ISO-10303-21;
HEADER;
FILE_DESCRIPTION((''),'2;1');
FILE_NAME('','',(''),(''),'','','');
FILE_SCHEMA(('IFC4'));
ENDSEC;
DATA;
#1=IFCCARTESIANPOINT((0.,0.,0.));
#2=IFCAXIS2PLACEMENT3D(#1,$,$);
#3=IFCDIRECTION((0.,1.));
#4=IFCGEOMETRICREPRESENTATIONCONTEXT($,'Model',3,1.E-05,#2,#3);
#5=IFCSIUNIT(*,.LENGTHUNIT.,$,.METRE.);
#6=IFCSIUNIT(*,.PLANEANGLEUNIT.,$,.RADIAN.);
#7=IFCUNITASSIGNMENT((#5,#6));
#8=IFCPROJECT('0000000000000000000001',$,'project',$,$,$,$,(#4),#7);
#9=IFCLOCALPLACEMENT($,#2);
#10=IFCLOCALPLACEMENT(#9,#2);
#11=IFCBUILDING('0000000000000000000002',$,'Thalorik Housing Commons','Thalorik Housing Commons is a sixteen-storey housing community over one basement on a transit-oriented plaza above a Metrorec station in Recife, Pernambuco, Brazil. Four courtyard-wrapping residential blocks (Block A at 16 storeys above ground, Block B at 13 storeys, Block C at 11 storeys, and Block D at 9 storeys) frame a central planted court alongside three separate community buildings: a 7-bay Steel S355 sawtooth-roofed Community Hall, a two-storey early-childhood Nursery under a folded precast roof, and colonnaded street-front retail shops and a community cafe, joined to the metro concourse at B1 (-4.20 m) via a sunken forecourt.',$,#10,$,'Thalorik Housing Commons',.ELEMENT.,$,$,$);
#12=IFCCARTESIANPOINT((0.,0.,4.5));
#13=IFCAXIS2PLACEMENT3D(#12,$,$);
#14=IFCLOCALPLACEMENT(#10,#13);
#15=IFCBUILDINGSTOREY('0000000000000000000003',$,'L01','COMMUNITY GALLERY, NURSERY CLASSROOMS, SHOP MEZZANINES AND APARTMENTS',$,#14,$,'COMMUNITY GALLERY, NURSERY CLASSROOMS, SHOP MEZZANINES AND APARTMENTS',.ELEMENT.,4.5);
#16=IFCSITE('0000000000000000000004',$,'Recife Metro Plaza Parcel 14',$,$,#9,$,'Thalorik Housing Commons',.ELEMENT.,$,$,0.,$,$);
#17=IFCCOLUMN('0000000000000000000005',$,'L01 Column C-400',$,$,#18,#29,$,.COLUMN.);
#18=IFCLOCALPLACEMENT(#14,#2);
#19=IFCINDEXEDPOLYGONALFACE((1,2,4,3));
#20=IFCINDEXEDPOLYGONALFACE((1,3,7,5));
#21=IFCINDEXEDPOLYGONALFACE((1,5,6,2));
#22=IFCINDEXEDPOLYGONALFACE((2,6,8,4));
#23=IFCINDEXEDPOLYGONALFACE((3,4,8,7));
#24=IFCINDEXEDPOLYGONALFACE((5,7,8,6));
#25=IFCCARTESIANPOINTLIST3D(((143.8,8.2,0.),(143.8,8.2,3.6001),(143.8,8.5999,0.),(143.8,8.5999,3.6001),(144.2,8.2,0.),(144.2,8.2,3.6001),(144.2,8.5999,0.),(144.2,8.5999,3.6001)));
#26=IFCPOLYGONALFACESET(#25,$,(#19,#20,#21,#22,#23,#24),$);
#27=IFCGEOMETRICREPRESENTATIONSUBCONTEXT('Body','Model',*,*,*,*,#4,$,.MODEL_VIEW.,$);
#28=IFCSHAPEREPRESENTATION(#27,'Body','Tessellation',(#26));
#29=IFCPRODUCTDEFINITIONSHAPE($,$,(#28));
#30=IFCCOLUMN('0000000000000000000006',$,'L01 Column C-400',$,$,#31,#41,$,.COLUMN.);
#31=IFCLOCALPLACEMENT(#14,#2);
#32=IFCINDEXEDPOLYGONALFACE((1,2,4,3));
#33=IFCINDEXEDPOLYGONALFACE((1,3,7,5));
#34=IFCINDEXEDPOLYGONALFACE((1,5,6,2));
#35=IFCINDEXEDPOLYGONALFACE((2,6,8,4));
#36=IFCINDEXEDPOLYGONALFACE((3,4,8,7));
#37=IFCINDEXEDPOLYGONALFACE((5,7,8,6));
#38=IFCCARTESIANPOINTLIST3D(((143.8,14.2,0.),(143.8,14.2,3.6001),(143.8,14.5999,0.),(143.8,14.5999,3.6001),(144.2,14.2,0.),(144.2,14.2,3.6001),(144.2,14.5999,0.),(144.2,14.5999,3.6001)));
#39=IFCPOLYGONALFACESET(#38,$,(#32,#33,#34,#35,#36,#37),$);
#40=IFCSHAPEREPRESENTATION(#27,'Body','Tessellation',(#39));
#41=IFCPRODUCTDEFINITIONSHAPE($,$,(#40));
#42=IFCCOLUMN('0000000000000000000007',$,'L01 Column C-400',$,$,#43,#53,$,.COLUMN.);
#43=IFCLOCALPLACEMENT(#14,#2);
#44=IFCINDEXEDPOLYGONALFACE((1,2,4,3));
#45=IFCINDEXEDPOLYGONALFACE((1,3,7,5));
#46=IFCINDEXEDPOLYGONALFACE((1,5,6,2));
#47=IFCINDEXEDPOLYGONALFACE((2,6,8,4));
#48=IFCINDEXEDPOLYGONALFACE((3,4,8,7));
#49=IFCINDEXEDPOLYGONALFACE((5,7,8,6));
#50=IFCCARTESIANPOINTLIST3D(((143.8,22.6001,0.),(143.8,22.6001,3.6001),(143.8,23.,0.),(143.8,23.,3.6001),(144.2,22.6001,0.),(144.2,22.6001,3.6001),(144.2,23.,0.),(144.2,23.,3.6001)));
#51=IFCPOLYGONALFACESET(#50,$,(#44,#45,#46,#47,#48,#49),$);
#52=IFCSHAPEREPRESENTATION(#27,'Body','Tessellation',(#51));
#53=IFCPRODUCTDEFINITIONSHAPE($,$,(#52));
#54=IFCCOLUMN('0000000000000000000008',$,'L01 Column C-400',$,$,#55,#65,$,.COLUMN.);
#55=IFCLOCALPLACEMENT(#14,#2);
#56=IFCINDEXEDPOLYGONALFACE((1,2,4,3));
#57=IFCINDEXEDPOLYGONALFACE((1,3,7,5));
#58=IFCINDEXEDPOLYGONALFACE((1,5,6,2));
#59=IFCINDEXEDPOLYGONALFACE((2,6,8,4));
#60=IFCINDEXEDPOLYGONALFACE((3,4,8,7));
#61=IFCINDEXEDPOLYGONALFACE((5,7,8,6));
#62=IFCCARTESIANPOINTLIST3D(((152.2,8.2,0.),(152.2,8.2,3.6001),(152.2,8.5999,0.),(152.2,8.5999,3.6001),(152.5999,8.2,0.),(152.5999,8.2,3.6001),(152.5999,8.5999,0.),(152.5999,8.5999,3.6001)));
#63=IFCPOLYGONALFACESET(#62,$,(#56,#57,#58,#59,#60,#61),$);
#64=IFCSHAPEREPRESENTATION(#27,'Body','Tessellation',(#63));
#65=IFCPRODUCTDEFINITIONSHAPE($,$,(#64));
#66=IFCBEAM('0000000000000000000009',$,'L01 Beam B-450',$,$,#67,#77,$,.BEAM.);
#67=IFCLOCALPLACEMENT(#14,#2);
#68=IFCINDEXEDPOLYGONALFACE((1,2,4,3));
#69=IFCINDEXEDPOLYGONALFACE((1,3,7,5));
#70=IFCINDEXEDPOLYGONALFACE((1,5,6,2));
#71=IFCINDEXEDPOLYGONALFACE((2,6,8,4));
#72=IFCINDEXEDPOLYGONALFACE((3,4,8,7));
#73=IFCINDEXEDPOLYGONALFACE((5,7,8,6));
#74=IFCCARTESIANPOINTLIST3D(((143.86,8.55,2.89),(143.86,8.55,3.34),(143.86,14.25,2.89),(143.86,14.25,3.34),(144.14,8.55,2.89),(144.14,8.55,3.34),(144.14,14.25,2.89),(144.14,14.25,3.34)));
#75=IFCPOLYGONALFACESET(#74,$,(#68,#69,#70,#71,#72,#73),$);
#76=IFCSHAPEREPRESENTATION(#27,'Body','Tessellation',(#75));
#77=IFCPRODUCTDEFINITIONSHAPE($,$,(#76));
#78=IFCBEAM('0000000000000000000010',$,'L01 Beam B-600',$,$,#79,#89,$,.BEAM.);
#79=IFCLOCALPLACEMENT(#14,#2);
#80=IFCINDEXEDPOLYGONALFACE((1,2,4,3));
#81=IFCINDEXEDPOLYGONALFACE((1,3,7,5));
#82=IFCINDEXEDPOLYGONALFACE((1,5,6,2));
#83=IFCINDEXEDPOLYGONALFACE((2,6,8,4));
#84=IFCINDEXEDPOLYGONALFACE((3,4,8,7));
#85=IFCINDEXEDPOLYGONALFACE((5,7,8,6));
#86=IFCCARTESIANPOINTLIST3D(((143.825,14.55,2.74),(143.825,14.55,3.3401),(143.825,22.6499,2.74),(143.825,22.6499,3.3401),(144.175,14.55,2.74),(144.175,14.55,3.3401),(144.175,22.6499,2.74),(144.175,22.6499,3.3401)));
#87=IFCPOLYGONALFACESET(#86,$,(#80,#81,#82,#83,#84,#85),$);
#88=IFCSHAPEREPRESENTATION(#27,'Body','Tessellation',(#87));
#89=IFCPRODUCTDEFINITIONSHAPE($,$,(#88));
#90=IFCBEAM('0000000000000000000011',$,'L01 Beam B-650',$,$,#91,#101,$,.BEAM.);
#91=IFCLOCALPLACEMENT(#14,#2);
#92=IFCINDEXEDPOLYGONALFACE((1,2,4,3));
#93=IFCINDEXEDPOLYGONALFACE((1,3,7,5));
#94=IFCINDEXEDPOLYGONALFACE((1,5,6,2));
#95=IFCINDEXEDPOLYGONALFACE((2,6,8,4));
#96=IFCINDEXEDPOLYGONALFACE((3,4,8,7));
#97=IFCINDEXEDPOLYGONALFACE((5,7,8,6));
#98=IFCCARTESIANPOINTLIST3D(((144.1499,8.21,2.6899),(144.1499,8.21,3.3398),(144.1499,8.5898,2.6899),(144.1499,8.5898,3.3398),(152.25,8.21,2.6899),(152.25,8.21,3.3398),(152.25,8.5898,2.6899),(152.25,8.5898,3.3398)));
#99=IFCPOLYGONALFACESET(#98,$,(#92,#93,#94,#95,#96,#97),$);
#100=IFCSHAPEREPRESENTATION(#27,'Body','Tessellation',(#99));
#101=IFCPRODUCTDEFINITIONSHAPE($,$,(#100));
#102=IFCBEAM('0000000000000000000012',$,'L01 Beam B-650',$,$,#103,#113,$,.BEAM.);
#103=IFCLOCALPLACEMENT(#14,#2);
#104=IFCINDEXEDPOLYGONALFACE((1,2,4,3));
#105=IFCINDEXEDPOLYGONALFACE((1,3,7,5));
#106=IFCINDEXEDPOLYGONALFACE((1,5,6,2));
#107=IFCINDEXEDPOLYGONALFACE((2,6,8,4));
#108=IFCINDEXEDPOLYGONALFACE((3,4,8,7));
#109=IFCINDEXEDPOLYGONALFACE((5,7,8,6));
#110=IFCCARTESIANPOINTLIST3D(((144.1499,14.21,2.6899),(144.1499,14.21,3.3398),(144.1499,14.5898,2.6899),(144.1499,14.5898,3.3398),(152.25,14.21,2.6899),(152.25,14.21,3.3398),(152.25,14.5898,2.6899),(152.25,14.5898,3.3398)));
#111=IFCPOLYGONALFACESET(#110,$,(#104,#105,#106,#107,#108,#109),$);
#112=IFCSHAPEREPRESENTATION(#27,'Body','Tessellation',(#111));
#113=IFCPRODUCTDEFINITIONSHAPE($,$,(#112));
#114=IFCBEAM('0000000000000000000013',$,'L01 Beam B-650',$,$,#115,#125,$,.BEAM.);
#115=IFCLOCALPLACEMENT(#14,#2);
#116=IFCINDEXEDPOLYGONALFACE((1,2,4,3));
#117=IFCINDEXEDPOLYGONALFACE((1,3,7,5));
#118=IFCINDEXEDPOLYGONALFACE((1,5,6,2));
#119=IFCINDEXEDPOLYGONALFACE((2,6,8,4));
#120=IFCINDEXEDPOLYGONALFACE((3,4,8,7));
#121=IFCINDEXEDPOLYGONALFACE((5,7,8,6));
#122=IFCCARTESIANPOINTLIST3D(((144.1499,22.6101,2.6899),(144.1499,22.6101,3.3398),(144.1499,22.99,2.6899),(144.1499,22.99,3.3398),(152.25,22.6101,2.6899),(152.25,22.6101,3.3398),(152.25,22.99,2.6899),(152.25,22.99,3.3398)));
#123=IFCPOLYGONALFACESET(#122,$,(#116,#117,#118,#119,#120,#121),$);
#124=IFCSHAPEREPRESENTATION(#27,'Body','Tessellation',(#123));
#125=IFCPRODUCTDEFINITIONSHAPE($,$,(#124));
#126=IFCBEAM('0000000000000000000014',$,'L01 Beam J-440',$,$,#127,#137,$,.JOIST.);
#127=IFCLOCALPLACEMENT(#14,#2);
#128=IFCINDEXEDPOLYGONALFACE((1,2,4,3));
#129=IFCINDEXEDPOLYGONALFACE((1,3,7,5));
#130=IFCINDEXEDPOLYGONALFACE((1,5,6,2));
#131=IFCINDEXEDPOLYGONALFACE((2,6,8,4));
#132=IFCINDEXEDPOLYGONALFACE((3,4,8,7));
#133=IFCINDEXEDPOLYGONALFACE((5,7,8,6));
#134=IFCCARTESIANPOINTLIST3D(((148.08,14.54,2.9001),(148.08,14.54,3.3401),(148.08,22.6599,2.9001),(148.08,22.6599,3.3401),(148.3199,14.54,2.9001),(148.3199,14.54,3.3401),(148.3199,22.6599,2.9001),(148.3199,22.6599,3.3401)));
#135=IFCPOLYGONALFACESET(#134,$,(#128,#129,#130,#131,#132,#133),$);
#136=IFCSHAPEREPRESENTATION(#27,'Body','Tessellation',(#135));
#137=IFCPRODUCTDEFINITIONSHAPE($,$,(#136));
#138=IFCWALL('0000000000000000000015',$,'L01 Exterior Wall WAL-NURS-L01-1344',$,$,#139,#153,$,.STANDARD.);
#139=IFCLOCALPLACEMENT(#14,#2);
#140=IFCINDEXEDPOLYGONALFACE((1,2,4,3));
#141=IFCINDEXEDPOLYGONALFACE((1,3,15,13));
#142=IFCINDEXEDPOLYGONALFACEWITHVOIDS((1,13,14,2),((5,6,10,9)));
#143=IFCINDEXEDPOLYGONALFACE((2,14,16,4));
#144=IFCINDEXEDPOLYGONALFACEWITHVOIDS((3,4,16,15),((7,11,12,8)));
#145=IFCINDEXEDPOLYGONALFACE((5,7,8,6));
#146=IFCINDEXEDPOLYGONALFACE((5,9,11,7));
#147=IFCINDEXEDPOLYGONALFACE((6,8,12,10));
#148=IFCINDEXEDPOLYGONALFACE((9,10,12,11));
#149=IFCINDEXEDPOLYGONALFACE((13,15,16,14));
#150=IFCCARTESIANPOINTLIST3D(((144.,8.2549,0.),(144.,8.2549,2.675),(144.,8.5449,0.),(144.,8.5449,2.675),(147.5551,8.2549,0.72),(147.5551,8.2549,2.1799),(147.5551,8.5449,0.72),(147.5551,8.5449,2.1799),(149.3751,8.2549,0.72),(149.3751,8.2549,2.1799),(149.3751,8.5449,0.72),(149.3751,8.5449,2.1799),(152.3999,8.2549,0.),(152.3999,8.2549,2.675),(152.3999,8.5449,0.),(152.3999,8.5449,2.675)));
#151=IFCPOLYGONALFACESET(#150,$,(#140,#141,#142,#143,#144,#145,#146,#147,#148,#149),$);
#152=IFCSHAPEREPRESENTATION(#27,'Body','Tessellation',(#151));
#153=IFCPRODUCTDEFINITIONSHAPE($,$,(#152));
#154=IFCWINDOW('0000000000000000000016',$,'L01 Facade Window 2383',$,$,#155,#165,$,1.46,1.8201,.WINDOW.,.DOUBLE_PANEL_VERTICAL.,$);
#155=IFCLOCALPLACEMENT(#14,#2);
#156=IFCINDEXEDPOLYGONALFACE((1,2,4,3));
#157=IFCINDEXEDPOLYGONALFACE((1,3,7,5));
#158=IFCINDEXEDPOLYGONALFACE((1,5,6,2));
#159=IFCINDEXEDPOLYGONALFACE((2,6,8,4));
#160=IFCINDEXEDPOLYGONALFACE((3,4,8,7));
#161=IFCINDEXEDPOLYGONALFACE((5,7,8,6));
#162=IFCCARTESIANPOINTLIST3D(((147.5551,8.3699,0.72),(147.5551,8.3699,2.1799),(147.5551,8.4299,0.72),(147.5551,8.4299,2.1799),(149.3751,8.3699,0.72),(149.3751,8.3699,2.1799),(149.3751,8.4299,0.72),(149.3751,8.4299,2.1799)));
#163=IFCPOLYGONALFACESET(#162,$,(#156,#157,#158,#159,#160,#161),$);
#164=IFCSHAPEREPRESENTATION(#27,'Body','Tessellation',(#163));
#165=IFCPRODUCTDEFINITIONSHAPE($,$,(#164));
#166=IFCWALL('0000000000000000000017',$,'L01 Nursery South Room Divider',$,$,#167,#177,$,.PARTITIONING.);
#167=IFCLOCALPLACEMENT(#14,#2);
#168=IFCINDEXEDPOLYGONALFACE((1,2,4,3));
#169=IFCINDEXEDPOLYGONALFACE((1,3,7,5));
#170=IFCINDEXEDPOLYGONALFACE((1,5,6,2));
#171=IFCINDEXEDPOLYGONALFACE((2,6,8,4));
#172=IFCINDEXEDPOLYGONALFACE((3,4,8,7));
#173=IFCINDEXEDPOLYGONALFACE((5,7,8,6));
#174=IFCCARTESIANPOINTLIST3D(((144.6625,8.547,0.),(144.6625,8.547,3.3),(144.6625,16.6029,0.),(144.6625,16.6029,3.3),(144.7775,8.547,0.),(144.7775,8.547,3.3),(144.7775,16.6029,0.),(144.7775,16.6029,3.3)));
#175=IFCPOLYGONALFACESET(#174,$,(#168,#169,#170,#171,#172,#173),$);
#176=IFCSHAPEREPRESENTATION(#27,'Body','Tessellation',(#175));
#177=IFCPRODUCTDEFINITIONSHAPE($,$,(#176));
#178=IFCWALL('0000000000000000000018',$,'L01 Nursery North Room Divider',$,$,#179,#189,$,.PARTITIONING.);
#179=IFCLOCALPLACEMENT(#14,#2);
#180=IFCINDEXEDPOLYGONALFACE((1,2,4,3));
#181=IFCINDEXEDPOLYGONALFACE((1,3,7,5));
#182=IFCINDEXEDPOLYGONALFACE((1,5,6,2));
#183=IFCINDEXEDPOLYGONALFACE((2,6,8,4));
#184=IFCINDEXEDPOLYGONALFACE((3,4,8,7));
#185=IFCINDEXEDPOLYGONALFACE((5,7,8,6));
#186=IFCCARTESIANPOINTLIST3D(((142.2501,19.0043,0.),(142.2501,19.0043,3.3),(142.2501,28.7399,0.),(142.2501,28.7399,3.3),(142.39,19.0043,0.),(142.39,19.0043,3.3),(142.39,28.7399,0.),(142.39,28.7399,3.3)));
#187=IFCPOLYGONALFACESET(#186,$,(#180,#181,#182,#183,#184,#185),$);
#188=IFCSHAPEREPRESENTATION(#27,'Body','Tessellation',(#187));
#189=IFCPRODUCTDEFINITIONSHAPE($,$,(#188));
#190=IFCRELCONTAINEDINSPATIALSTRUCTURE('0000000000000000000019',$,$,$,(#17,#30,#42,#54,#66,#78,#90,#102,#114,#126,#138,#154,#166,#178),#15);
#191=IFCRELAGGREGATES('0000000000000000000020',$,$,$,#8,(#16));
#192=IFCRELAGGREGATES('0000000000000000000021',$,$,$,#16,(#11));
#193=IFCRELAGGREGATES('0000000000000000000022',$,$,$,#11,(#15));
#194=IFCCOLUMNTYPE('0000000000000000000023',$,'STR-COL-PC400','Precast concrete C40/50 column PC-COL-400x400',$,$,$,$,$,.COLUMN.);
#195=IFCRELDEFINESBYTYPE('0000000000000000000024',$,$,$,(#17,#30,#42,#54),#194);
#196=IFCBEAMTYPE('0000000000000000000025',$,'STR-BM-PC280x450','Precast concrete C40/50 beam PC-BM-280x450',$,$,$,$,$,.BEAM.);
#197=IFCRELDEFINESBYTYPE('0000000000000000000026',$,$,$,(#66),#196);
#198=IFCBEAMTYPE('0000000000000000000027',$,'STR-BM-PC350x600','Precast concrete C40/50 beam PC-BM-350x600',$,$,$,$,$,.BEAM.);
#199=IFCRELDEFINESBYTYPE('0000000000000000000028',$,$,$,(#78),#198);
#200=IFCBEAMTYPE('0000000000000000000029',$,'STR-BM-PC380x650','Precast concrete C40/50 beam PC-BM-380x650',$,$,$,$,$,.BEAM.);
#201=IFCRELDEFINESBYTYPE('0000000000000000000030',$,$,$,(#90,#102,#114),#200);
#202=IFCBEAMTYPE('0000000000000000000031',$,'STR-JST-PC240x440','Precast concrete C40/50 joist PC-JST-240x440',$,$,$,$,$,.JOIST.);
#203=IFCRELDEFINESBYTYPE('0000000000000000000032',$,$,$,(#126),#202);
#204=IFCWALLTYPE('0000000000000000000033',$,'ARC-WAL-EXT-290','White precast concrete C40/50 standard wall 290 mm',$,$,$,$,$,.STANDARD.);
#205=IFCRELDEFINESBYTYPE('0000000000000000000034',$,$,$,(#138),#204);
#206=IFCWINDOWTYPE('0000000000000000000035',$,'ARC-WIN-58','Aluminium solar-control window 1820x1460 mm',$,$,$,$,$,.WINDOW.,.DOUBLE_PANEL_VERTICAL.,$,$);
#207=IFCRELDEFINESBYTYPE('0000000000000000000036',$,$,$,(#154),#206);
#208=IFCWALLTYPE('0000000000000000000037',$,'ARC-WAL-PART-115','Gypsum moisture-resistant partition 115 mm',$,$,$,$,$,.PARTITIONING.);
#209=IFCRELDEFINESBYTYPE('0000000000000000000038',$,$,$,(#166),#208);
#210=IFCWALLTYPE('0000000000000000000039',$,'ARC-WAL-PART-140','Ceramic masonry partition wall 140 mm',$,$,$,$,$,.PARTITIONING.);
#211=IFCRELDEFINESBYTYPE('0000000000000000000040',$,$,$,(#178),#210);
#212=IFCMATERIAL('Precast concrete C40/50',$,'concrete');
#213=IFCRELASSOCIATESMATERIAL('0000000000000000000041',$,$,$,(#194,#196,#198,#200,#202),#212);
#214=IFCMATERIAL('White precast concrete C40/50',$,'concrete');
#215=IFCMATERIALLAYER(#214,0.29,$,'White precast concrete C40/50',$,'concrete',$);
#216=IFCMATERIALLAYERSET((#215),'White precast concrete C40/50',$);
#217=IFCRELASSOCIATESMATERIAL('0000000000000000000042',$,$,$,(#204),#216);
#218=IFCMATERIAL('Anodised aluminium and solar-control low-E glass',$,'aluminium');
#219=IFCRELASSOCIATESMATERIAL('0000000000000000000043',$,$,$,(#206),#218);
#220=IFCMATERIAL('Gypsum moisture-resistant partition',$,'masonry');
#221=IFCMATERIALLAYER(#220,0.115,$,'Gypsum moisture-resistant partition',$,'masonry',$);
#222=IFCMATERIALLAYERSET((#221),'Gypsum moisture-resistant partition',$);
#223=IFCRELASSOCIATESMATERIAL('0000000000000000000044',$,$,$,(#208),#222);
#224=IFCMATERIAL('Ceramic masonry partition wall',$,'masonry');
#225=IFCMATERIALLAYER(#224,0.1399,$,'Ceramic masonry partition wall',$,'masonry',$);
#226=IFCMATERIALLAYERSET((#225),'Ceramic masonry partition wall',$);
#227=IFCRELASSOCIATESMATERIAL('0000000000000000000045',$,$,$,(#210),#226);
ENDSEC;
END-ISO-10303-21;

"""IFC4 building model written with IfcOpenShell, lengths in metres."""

from ifc_helpers import new_model, si_unit, direction, frame, frame_2d, origin, origin_2d, place, context, subcontext, project, spatial, rectangle, extrude, material, layer, layer_set, material_profile, profile_set, type_object, element, fill, save


model = new_model("IFC4")

# Units and contexts
model_context = context("Model", 3, precision=1e-05, world=origin(), true_north=direction((0.0, 1.0)))
body_context = subcontext(model_context, "Body", "Model", "MODEL_VIEW")
ifc_project = project(units=[si_unit("LENGTHUNIT", "METRE"), si_unit("PLANEANGLEUNIT", "RADIAN")], contexts=[model_context])

# Site, building, storey
site_placement = place(None, origin())
site = spatial("IfcSite", under=ifc_project, at=site_placement, Name="Recife Metro Plaza Parcel 14", LongName="Thalorik Housing Commons", CompositionType="ELEMENT", RefElevation=0.0)
building_placement = place(site_placement, origin())
building = spatial("IfcBuilding", under=site, at=building_placement, Name="Thalorik Housing Commons", Description="Thalorik Housing Commons is a sixteen-storey housing community over one basement on a transit-oriented plaza above a Metrorec station in Recife, Pernambuco, Brazil. Four courtyard-wrapping residential blocks (Block A at 16 storeys above ground, Block B at 13 storeys, Block C at 11 storeys, and Block D at 9 storeys) frame a central planted court alongside three separate community buildings: a 7-bay Steel S355 sawtooth-roofed Community Hall, a two-storey early-childhood Nursery under a folded precast roof, and colonnaded street-front retail shops and a community cafe, joined to the metro concourse at B1 (-4.20 m) via a sunken forecourt.", LongName="Thalorik Housing Commons", CompositionType="ELEMENT")
storey_placement = place(building_placement, frame((0.0, 0.0, 4.5)))
storey = spatial("IfcBuildingStorey", under=building, at=storey_placement, Name="L01", Description="COMMUNITY GALLERY, NURSERY CLASSROOMS, SHOP MEZZANINES AND APARTMENTS", LongName="COMMUNITY GALLERY, NURSERY CLASSROOMS, SHOP MEZZANINES AND APARTMENTS", CompositionType="ELEMENT", Elevation=4.5)

# Columns
ifc_material_1 = material(Name="Precast concrete C40/50", Category="concrete")
ifc_material_profile_1 = material_profile(ifc_material_1, rectangle(XDim=0.3999, YDim=0.3999, at=origin_2d()), Name="PC 400x400", Category="concrete")
ifc_profile_set_1 = profile_set([ifc_material_profile_1], Name="Precast concrete C40/50")
column_type = type_object("IfcColumnType", Name="STR-COL-PC400", Description="Precast concrete C40/50 column PC-COL-400x400", PredefinedType="COLUMN", material=ifc_profile_set_1)
for number, where, z_axis, x_axis, name in (
    (1, (144.0, 8.3999, 0.0), (0.0, 0.0, 1.0), (1.0, 0.0, 0.0), "L01 Column C-400"),
    (2, (144.0, 14.3999, 0.0), (0.0, 0.0, 1.0), (1.0, 0.0, 0.0), "L01 Column C-400"),
    (3, (144.0, 22.8, 0.0), (0.0, 0.0, 1.0), (1.0, 0.0, 0.0), "L01 Column C-400"),
    (4, (152.3999, 8.3999, 0.0), (0.0, 0.0, 1.0), (1.0, 0.0, 0.0), "L01 Column C-400"),
):
    element("IfcColumn", number, at=place(storey_placement, frame(where, z_axis=z_axis, x_axis=x_axis)), inside=storey, type_object=column_type, Name=name, PredefinedType="COLUMN", context=body_context, shape_type="SweptSolid", body=[
        extrude(rectangle(XDim=0.3999, YDim=0.3999, at=origin_2d()), origin(), (0.0, 0.0, 1.0), 3.6001),
    ])

# Beams
ifc_material_profile_2 = material_profile(ifc_material_1, rectangle(XDim=0.28, YDim=0.45, at=origin_2d()), Name="PC 280x450", Category="concrete")
ifc_profile_set_2 = profile_set([ifc_material_profile_2], Name="Precast concrete C40/50")
beam_type_1 = type_object("IfcBeamType", Name="STR-BM-PC280x450", Description="Precast concrete C40/50 beam PC-BM-280x450", PredefinedType="BEAM", material=ifc_profile_set_2)
beam_1_placement = place(storey_placement, frame((144.0, 8.55, 3.115), z_axis=(0.0, 1.0, 0.0), x_axis=(-1.0, 0.0, 0.0)))
element("IfcBeam", 5, at=beam_1_placement, inside=storey, type_object=beam_type_1, Name="L01 Beam B-450", PredefinedType="BEAM", context=body_context, shape_type="SweptSolid", body=[
    extrude(rectangle(XDim=0.28, YDim=0.45, at=origin_2d()), origin(), (0.0, 0.0, 1.0), 5.7),
])
ifc_material_profile_3 = material_profile(ifc_material_1, rectangle(XDim=0.3501, YDim=0.6001, at=origin_2d()), Name="PC 350x600", Category="concrete")
ifc_profile_set_3 = profile_set([ifc_material_profile_3], Name="Precast concrete C40/50")
beam_type_2 = type_object("IfcBeamType", Name="STR-BM-PC350x600", Description="Precast concrete C40/50 beam PC-BM-350x600", PredefinedType="BEAM", material=ifc_profile_set_3)
beam_2_placement = place(storey_placement, frame((144.0, 14.55, 3.04), z_axis=(0.0, 1.0, 0.0), x_axis=(-1.0, 0.0, 0.0)))
element("IfcBeam", 6, at=beam_2_placement, inside=storey, type_object=beam_type_2, Name="L01 Beam B-600", PredefinedType="BEAM", context=body_context, shape_type="SweptSolid", body=[
    extrude(rectangle(XDim=0.3501, YDim=0.6001, at=origin_2d()), origin(), (0.0, 0.0, 1.0), 8.0999),
])
ifc_material_profile_4 = material_profile(ifc_material_1, rectangle(XDim=0.3799, YDim=0.6499, at=origin_2d()), Name="PC 380x650", Category="concrete")
ifc_profile_set_4 = profile_set([ifc_material_profile_4], Name="Precast concrete C40/50")
beam_type_3 = type_object("IfcBeamType", Name="STR-BM-PC380x650", Description="Precast concrete C40/50 beam PC-BM-380x650", PredefinedType="BEAM", material=ifc_profile_set_4)
for number, where, z_axis, x_axis, name in (
    (7, (144.1499, 8.3999, 3.0149), (1.0, 0.0, 0.0), (0.0, 1.0, 0.0), "L01 Beam B-650"),
    (8, (144.1499, 14.3999, 3.0149), (1.0, 0.0, 0.0), (0.0, 1.0, 0.0), "L01 Beam B-650"),
    (9, (144.1499, 22.8, 3.0149), (1.0, 0.0, 0.0), (0.0, 1.0, 0.0), "L01 Beam B-650"),
):
    element("IfcBeam", number, at=place(storey_placement, frame(where, z_axis=z_axis, x_axis=x_axis)), inside=storey, type_object=beam_type_3, Name=name, PredefinedType="BEAM", context=body_context, shape_type="SweptSolid", body=[
        extrude(rectangle(XDim=0.3799, YDim=0.6499, at=origin_2d()), origin(), (0.0, 0.0, 1.0), 8.1001),
    ])
ifc_material_profile_5 = material_profile(ifc_material_1, rectangle(XDim=0.24, YDim=0.4399, at=origin_2d()), Name="PC JST 240x440", Category="concrete")
ifc_profile_set_5 = profile_set([ifc_material_profile_5], Name="Precast concrete C40/50")
beam_type_4 = type_object("IfcBeamType", Name="STR-JST-PC240x440", Description="Precast concrete C40/50 joist PC-JST-240x440", PredefinedType="JOIST", material=ifc_profile_set_5)
beam_3_placement = place(storey_placement, frame((148.2, 14.54, 3.1201), z_axis=(0.0, 1.0, 0.0), x_axis=(-1.0, 0.0, 0.0)))
element("IfcBeam", 10, at=beam_3_placement, inside=storey, type_object=beam_type_4, Name="L01 Beam J-440", PredefinedType="JOIST", context=body_context, shape_type="SweptSolid", body=[
    extrude(rectangle(XDim=0.24, YDim=0.4399, at=origin_2d()), origin(), (0.0, 0.0, 1.0), 8.1199),
])

# Wall, opening, window
ifc_material_2 = material(Name="White precast concrete C40/50", Category="concrete")
ifc_layer_1 = layer(ifc_material_2, 0.29, Name="White precast concrete C40/50", Category="concrete")
ifc_layer_set_1 = layer_set([ifc_layer_1], Name="White precast concrete C40/50")
wall_type_1 = type_object("IfcWallType", Name="ARC-WAL-EXT-290", Description="White precast concrete C40/50 standard wall 290 mm", PredefinedType="STANDARD", material=ifc_layer_set_1)
wall_1_placement = place(storey_placement, frame((144.0, 8.3999, 0.0), z_axis=(0.0, 0.0, 1.0), x_axis=(1.0, 0.0, 0.0)))
wall_1 = element("IfcWall", 11, at=wall_1_placement, inside=storey, type_object=wall_type_1, Name="L01 Exterior Wall WAL-NURS-L01-1344", PredefinedType="STANDARD", context=body_context, shape_type="SweptSolid", body=[
    extrude(rectangle(XDim=8.3999, YDim=0.29, at=frame_2d((4.2, 0.0))), origin(), (0.0, 0.0, 1.0), 2.675),
])
opening_placement = place(wall_1_placement, frame((3.5549, 0.0, 0.72)))
opening = element("IfcOpeningElement", 12, at=opening_placement, cuts=wall_1, PredefinedType="OPENING", context=body_context, shape_type="SweptSolid", body=[
    extrude(rectangle(XDim=1.8201, YDim=1.46, at=frame_2d((0.9102, 0.73))), frame((0.0, 0.155, 0.0), z_axis=(0.0, -1.0, 0.0), x_axis=(1.0, 0.0, 0.0)), (0.0, 0.0, 1.0), 0.3101),
])
ifc_material_3 = material(Name="Anodised aluminium and solar-control low-E glass", Category="aluminium")
window_type = type_object("IfcWindowType", Name="ARC-WIN-58", Description="Aluminium solar-control window 1820x1460 mm", PartitioningType="DOUBLE_PANEL_VERTICAL", PredefinedType="WINDOW", material=ifc_material_3)
window_placement = place(opening_placement, origin())
window = element("IfcWindow", 13, at=window_placement, inside=storey, type_object=window_type, Name="L01 Facade Window 2383", OverallHeight=1.46, OverallWidth=1.8201, PartitioningType="DOUBLE_PANEL_VERTICAL", PredefinedType="WINDOW", context=body_context, shape_type="SweptSolid", body=[
    extrude(rectangle(XDim=1.8201, YDim=1.46, at=frame_2d((0.9102, 0.73))), frame((0.0, 0.03, 0.0), z_axis=(0.0, -1.0, 0.0), x_axis=(1.0, 0.0, 0.0)), (0.0, 0.0, 1.0), 0.0601),
])
fill(opening, window)

# Walls
ifc_material_4 = material(Name="Gypsum moisture-resistant partition", Category="masonry")
ifc_layer_2 = layer(ifc_material_4, 0.115, Name="Gypsum moisture-resistant partition", Category="masonry")
ifc_layer_set_2 = layer_set([ifc_layer_2], Name="Gypsum moisture-resistant partition")
wall_type_2 = type_object("IfcWallType", Name="ARC-WAL-PART-115", Description="Gypsum moisture-resistant partition 115 mm", PredefinedType="PARTITIONING", material=ifc_layer_set_2)
wall_2_placement = place(storey_placement, frame((144.72, 8.5471, 0.0), z_axis=(0.0, 0.0, 1.0), x_axis=(0.0, 1.0, 0.0)))
element("IfcWall", 14, at=wall_2_placement, inside=storey, type_object=wall_type_2, Name="L01 Nursery South Room Divider", PredefinedType="PARTITIONING", context=body_context, shape_type="SweptSolid", body=[
    extrude(rectangle(XDim=8.0559, YDim=0.115, at=frame_2d((4.0278, 0.0))), origin(), (0.0, 0.0, 1.0), 3.3),
])
ifc_material_5 = material(Name="Ceramic masonry partition wall", Category="masonry")
ifc_layer_3 = layer(ifc_material_5, 0.1399, Name="Ceramic masonry partition wall", Category="masonry")
ifc_layer_set_3 = layer_set([ifc_layer_3], Name="Ceramic masonry partition wall")
wall_type_3 = type_object("IfcWallType", Name="ARC-WAL-PART-140", Description="Ceramic masonry partition wall 140 mm", PredefinedType="PARTITIONING", material=ifc_layer_set_3)
wall_3_placement = place(storey_placement, frame((142.3201, 19.0044, 0.0), z_axis=(0.0, 0.0, 1.0), x_axis=(0.0, 1.0, 0.0)))
element("IfcWall", 15, at=wall_3_placement, inside=storey, type_object=wall_type_3, Name="L01 Nursery North Room Divider", PredefinedType="PARTITIONING", context=body_context, shape_type="SweptSolid", body=[
    extrude(rectangle(XDim=9.7356, YDim=0.1399, at=frame_2d((4.8677, 0.0))), origin(), (0.0, 0.0, 1.0), 3.3),
])

save(model, "model.ifc")
